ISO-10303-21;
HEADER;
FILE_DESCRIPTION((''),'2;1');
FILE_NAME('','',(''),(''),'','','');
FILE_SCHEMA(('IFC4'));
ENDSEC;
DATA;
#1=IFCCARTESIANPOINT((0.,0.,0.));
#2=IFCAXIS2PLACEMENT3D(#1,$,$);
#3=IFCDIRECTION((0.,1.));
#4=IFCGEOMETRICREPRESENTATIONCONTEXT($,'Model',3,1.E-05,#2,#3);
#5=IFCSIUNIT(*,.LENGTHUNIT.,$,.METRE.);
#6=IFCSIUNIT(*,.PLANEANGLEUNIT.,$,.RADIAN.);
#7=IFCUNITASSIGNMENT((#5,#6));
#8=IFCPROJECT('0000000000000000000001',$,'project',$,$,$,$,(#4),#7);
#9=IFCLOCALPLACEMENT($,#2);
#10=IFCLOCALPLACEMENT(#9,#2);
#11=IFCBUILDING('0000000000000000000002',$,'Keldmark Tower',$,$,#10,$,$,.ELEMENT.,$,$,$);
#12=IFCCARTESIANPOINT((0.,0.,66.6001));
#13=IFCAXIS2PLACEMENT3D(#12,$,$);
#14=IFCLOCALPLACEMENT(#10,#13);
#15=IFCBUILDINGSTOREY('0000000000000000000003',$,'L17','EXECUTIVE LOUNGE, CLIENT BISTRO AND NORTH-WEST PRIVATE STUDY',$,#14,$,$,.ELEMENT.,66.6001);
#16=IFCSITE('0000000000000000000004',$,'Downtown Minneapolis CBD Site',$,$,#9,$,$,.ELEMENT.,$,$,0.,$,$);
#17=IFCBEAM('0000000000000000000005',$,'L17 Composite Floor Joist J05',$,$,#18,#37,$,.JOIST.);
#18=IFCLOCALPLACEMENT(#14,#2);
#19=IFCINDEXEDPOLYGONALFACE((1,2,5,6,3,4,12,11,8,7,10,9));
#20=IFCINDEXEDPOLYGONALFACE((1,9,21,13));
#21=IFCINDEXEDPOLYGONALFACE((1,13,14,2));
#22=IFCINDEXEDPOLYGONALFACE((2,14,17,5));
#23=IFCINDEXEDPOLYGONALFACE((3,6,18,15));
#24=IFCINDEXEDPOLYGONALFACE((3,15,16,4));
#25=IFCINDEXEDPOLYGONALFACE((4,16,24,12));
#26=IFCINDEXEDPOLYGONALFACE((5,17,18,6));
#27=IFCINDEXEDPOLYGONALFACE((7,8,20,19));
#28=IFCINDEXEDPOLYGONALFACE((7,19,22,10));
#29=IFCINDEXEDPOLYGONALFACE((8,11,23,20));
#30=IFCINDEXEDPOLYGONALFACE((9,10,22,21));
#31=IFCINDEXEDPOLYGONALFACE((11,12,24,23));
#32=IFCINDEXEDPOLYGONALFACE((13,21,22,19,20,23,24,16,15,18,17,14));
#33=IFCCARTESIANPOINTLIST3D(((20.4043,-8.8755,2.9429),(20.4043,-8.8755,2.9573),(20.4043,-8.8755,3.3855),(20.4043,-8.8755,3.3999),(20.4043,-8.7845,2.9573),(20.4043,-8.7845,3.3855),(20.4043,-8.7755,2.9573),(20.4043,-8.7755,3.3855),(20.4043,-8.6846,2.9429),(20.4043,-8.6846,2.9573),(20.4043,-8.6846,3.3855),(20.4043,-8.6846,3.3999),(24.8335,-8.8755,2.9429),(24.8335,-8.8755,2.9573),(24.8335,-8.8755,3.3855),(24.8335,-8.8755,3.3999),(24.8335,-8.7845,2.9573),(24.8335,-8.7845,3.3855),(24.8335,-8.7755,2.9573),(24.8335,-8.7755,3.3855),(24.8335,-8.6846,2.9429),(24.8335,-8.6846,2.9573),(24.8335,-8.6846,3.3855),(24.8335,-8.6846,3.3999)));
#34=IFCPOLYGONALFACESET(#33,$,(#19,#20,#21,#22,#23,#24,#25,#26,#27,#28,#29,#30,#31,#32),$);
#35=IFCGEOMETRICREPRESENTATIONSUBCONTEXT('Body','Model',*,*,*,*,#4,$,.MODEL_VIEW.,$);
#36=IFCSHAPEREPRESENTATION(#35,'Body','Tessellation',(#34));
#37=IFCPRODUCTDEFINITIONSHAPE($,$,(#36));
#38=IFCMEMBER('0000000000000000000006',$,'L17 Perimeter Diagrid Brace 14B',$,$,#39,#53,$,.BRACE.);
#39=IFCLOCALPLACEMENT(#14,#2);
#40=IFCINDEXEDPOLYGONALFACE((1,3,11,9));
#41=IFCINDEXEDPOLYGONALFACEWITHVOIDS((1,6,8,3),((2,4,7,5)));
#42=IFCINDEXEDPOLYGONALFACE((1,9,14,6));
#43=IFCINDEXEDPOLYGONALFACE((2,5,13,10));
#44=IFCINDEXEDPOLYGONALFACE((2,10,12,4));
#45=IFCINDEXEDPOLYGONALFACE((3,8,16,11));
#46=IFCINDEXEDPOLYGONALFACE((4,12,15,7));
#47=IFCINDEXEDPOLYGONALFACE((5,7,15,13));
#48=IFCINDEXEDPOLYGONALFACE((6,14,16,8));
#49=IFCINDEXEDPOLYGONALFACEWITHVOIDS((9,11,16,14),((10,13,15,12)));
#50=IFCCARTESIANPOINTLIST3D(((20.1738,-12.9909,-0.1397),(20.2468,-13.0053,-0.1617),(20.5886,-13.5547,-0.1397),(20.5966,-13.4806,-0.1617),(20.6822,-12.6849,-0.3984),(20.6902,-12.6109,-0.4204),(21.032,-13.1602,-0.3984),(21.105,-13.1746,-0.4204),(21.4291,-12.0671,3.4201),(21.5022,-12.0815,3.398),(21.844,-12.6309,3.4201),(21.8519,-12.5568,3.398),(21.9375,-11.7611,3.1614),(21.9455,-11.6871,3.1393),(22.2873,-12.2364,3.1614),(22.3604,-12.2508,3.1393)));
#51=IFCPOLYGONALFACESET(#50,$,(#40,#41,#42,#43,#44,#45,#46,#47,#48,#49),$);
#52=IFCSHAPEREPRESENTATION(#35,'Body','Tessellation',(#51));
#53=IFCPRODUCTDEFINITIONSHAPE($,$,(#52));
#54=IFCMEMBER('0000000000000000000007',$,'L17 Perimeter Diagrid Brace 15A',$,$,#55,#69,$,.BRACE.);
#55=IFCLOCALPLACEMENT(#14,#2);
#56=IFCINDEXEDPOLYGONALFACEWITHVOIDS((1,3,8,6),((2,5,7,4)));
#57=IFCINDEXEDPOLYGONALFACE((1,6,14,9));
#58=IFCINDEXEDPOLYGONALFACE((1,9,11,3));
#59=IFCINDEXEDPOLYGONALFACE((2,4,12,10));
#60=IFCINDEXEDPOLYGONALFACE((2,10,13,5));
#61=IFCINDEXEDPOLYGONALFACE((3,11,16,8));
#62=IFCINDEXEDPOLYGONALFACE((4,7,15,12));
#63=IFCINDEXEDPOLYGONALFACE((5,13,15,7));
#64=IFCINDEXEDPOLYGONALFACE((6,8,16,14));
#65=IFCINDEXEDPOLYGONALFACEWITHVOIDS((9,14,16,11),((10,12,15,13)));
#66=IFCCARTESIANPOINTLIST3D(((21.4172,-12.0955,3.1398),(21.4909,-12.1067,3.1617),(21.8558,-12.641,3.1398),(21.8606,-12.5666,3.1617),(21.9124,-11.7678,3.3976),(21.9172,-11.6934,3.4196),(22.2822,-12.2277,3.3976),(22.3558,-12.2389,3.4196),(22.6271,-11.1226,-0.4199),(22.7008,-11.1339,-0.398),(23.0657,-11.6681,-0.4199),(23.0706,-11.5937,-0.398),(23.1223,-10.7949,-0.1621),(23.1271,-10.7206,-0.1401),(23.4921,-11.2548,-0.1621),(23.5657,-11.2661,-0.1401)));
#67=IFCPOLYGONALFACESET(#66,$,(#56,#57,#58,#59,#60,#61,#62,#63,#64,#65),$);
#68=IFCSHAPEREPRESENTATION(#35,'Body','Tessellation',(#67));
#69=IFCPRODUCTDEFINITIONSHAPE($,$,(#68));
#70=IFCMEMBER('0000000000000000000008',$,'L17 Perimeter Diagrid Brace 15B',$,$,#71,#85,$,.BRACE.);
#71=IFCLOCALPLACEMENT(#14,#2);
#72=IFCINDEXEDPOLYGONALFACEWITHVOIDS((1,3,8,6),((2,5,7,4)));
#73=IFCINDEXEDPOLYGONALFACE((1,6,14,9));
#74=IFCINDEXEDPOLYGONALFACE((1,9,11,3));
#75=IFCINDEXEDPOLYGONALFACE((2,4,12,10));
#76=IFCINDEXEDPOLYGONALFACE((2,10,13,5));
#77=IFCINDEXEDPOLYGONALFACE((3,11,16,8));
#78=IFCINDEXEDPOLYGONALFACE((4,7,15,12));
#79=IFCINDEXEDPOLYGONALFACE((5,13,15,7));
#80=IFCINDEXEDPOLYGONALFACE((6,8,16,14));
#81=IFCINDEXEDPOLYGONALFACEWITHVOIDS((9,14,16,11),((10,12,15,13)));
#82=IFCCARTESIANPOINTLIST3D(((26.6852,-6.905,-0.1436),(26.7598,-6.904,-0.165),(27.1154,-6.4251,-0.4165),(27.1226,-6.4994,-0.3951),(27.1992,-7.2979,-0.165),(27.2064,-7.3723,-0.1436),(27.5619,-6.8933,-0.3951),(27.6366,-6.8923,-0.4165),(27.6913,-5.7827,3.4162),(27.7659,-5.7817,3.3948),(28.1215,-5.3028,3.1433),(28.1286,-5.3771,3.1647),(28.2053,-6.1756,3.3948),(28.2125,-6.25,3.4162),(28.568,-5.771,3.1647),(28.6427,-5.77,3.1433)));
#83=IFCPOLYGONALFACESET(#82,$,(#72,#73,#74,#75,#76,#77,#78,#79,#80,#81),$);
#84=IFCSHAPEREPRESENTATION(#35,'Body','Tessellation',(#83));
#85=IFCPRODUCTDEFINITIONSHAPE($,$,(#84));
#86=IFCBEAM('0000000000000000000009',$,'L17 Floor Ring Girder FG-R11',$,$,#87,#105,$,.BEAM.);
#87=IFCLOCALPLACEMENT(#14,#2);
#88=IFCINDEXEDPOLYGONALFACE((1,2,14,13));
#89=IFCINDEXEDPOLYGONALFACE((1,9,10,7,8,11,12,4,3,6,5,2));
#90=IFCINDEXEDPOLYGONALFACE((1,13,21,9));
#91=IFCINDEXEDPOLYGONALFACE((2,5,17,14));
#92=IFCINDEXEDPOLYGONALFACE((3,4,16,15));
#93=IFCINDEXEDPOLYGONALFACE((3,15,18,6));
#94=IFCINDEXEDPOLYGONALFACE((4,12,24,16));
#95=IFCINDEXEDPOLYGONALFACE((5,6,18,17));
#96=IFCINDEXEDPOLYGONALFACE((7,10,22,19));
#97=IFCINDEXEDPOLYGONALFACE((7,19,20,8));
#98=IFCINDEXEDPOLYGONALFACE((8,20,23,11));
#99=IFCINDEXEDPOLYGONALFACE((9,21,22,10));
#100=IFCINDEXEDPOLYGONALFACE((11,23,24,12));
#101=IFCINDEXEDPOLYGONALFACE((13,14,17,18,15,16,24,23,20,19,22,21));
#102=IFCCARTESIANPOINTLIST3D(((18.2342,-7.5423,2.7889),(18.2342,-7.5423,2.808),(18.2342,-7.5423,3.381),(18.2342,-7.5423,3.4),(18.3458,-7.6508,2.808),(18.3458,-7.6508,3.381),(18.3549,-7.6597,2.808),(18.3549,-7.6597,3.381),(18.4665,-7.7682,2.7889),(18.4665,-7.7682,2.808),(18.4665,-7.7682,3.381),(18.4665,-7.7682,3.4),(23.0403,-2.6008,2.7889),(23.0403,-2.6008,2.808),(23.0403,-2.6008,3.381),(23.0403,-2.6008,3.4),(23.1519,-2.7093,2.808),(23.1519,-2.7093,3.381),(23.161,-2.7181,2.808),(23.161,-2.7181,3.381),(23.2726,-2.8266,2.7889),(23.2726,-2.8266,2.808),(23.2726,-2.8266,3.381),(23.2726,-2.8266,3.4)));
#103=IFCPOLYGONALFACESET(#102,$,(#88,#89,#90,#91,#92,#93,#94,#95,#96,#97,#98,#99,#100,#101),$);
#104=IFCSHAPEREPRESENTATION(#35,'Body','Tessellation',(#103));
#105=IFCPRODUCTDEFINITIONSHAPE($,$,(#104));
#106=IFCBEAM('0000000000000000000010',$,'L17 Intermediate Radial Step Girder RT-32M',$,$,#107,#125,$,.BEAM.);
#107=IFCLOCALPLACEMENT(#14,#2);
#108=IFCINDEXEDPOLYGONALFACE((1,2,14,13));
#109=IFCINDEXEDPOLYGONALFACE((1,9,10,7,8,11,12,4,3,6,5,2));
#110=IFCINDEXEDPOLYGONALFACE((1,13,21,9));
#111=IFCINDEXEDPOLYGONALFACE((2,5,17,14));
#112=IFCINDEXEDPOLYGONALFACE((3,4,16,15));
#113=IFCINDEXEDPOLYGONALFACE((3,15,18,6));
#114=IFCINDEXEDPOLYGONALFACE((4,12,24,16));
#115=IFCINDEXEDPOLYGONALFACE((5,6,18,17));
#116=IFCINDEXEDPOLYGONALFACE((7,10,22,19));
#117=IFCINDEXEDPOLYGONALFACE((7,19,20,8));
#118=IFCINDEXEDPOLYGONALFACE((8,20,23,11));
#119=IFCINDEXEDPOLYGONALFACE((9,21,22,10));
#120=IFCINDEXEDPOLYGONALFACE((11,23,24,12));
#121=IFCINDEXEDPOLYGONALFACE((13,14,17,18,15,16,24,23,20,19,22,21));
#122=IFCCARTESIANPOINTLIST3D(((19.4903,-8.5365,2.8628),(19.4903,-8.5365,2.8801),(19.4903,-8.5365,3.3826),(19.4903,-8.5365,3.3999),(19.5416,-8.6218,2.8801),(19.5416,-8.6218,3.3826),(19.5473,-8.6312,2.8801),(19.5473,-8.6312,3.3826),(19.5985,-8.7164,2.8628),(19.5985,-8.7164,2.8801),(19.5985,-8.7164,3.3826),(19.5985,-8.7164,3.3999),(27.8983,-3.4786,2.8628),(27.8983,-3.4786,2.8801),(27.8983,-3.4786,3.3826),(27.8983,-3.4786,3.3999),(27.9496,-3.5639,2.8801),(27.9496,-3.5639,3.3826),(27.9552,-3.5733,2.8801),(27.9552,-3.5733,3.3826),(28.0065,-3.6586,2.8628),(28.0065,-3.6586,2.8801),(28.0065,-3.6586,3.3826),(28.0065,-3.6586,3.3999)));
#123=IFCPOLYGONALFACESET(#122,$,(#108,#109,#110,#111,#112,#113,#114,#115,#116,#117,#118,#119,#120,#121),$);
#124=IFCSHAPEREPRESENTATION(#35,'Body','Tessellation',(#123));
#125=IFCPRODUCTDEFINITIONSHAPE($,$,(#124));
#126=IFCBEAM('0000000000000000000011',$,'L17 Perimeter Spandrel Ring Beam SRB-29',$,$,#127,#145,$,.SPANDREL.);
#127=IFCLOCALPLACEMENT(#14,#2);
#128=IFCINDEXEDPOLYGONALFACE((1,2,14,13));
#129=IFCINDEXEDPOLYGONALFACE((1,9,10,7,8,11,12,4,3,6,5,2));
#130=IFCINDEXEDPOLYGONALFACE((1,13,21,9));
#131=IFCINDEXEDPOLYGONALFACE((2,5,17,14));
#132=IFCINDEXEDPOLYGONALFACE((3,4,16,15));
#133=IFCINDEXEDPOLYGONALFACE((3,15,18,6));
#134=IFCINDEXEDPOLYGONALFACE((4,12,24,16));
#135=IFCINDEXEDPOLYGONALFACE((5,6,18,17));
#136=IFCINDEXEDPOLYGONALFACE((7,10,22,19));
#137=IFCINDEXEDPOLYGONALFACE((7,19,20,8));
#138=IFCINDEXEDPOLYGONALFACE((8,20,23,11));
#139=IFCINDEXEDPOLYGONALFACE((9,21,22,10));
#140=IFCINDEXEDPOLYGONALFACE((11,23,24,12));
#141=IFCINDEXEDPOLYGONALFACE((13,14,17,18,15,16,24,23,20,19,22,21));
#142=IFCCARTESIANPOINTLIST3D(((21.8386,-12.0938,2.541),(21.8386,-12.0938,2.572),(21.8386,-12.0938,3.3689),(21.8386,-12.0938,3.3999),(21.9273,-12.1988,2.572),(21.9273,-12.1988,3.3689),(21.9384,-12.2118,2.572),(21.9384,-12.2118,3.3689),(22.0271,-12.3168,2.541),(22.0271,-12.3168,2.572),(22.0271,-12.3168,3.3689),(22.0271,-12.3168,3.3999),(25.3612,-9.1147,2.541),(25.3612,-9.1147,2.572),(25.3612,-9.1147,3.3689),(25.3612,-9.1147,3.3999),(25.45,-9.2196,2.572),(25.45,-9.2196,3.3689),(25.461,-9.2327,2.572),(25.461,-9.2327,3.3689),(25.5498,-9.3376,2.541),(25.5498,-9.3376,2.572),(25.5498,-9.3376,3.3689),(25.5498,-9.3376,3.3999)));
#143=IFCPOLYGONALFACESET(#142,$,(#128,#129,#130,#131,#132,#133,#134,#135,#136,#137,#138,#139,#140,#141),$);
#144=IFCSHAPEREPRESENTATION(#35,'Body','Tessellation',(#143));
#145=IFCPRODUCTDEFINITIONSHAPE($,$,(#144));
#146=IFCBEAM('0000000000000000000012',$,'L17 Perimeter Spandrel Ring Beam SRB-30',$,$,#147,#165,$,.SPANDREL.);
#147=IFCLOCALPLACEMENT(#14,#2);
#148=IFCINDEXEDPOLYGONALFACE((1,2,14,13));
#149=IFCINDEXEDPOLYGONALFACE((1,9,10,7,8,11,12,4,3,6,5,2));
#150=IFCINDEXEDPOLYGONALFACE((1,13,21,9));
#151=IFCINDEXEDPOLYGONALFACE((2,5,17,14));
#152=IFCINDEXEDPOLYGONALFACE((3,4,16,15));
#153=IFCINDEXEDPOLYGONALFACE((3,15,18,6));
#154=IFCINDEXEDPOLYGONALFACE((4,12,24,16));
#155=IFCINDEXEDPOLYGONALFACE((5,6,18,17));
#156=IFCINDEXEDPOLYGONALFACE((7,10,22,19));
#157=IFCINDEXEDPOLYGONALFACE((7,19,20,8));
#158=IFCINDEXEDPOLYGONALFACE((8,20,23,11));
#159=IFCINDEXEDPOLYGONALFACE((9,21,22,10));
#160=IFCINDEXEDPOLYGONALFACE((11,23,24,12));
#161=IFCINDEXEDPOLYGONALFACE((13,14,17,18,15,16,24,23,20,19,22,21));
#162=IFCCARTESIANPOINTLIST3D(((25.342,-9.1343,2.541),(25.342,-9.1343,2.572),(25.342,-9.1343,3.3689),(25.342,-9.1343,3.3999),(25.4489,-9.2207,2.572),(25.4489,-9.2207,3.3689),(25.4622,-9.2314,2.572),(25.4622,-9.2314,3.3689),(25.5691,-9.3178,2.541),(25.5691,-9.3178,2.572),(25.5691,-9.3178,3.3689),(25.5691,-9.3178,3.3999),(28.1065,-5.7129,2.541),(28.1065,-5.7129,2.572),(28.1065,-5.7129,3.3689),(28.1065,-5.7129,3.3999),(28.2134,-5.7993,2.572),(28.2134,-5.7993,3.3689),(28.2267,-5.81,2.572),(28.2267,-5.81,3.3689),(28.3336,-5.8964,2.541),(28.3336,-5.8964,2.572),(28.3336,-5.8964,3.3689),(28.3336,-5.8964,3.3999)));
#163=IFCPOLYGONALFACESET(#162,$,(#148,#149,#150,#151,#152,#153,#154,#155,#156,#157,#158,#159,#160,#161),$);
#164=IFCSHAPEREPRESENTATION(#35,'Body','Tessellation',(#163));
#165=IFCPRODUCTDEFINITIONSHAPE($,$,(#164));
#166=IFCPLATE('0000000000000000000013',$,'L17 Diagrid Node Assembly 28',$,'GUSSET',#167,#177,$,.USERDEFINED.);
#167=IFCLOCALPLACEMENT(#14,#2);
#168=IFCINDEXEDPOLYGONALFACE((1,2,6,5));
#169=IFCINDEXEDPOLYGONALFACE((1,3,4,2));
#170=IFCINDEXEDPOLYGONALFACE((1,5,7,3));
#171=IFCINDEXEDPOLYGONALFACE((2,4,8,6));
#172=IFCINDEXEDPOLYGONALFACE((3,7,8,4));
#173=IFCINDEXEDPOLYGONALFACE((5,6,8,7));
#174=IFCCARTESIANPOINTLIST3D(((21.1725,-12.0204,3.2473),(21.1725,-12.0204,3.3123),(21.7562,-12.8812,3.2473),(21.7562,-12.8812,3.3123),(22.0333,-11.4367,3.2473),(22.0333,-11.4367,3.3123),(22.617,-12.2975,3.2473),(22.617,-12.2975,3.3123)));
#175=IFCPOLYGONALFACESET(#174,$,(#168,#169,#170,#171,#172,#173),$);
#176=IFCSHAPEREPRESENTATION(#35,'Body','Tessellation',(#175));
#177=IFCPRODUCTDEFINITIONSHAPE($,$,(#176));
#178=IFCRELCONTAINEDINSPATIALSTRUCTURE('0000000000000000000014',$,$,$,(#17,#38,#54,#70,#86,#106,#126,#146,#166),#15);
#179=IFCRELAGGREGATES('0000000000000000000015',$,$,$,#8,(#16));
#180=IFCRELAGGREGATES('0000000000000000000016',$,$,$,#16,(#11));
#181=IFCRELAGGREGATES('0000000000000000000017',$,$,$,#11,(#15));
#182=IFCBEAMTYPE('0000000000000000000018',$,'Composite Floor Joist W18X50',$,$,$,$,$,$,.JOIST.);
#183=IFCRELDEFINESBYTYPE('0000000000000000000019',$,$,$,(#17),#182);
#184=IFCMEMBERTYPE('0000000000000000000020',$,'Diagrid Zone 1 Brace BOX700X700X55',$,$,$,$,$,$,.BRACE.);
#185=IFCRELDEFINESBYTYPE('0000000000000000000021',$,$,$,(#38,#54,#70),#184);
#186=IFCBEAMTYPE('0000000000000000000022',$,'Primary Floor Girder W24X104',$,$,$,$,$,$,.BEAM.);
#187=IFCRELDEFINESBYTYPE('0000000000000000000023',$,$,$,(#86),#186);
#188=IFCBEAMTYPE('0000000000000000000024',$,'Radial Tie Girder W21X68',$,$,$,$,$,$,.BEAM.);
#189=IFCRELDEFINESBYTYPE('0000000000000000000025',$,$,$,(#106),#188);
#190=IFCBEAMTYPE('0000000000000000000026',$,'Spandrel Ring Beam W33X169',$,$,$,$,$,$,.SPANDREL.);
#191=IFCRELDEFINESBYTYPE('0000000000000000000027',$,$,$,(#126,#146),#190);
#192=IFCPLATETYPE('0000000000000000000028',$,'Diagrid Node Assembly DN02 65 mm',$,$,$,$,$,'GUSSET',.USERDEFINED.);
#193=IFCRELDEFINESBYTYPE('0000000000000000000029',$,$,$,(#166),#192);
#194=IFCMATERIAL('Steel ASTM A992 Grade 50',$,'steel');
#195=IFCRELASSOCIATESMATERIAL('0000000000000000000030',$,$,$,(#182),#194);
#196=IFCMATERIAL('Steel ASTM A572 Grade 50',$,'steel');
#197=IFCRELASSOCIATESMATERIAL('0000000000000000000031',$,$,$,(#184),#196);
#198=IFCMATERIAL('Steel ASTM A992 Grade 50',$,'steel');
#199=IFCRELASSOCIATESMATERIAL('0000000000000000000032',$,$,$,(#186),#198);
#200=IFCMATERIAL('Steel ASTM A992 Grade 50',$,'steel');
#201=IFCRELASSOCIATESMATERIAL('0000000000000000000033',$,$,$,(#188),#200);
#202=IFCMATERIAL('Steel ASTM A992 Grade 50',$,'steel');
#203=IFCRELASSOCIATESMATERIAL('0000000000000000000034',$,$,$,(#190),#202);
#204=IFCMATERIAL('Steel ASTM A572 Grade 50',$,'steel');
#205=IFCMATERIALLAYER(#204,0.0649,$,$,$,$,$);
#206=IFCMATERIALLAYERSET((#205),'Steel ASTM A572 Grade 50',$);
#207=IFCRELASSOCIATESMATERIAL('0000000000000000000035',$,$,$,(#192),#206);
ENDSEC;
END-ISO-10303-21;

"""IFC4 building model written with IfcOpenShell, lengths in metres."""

from ifc_helpers import new_model, si_unit, direction, frame, origin, origin_2d, place, context, subcontext, project, spatial, rectangle, hollow_rectangle, i_section, extrude, material, layer, layer_set, material_profile, profile_set, type_object, element, save


model = new_model("IFC4")

# Units and contexts
model_context = context("Model", 3, precision=1e-05, world=origin(), true_north=direction((0.0, 1.0)))
body_context = subcontext(model_context, "Body", "Model", "MODEL_VIEW")
ifc_project = project(units=[si_unit("LENGTHUNIT", "METRE"), si_unit("PLANEANGLEUNIT", "RADIAN")], contexts=[model_context])

# Site, building, storey
site_placement = place(None, origin())
site = spatial("IfcSite", under=ifc_project, at=site_placement, Name="Downtown Minneapolis CBD Site", CompositionType="ELEMENT", RefElevation=0.0)
building_placement = place(site_placement, origin())
building = spatial("IfcBuilding", under=site, at=building_placement, Name="Keldmark Tower", CompositionType="ELEMENT")
storey_placement = place(building_placement, frame((0.0, 0.0, 66.6001)))
storey = spatial("IfcBuildingStorey", under=building, at=storey_placement, Name="L17", Description="EXECUTIVE LOUNGE, CLIENT BISTRO AND NORTH-WEST PRIVATE STUDY", CompositionType="ELEMENT", Elevation=66.6001)

# Beam
ifc_material_1 = material(Name="Steel ASTM A992 Grade 50", Category="steel")
ifc_material_profile_1 = material_profile(ifc_material_1, i_section(OverallWidth=0.1909, OverallDepth=0.457, WebThickness=0.009, FlangeThickness=0.0144, at=origin_2d()), Name="W18X50")
ifc_profile_set_1 = profile_set([ifc_material_profile_1], Name="Steel ASTM A992 Grade 50")
beam_type_1 = type_object("IfcBeamType", Name="Composite Floor Joist W18X50", PredefinedType="JOIST", material=ifc_profile_set_1)
beam_1_placement = place(storey_placement, frame((20.4043, -8.78, 3.1714), z_axis=(1.0, 0.0, 0.0), x_axis=(0.0, 1.0, 0.0)))
element("IfcBeam", 1, at=beam_1_placement, inside=storey, type_object=beam_type_1, Name="L17 Composite Floor Joist J05", PredefinedType="JOIST", context=body_context, shape_type="SweptSolid", body=[
    extrude(i_section(OverallWidth=0.1909, OverallDepth=0.457, WebThickness=0.009, FlangeThickness=0.0144, at=origin_2d()), origin(), (0.0, 0.0, 1.0), 4.4292),
])

# Members
ifc_material_2 = material(Name="Steel ASTM A572 Grade 50", Category="steel")
ifc_material_profile_2 = material_profile(ifc_material_2, hollow_rectangle(XDim=0.7, YDim=0.7, WallThickness=0.0549, at=origin_2d()), Name="BOX700X700X55")
ifc_profile_set_2 = profile_set([ifc_material_profile_2], Name="Steel ASTM A572 Grade 50")
member_type = type_object("IfcMemberType", Name="Diagrid Zone 1 Brace BOX700X700X55", PredefinedType="BRACE", material=ifc_profile_set_2)
member_1_placement = place(storey_placement, frame((20.6394, -13.0828, -0.28), z_axis=(0.323042, 0.237727, 0.91604), x_axis=(-0.592707, 0.805418, 0.0)))
element("IfcMember", 2, at=member_1_placement, inside=storey, type_object=member_type, Name="L17 Perimeter Diagrid Brace 14B", PredefinedType="BRACE", context=body_context, shape_type="SweptSolid", body=[
    extrude(hollow_rectangle(XDim=0.7, YDim=0.7, WallThickness=0.0549, at=origin_2d()), origin(), (0.0, 0.0, 1.0), 3.886),
])
member_2_placement = place(storey_placement, frame((23.0964, -11.1943, -0.28), z_axis=(-0.311552, -0.250511, 0.916613), x_axis=(0.62663, -0.779317, 0.0)))
element("IfcMember", 3, at=member_2_placement, inside=storey, type_object=member_type, Name="L17 Perimeter Diagrid Brace 15A", PredefinedType="BRACE", context=body_context, shape_type="SweptSolid", body=[
    extrude(hollow_rectangle(XDim=0.7, YDim=0.7, WallThickness=0.0549, at=origin_2d()), origin(), (0.0, 0.0, 1.0), 3.8835),
])
member_3_placement = place(storey_placement, frame((27.1609, -6.8987, -0.28), z_axis=(0.26026, 0.290322, 0.920857), x_axis=(-0.744606, 0.667505, 0.0)))
element("IfcMember", 4, at=member_3_placement, inside=storey, type_object=member_type, Name="L17 Perimeter Diagrid Brace 15B", PredefinedType="BRACE", context=body_context, shape_type="SweptSolid", body=[
    extrude(hollow_rectangle(XDim=0.7, YDim=0.7, WallThickness=0.0549, at=origin_2d()), origin(), (0.0, 0.0, 1.0), 3.8657),
])

# Beams
ifc_material_3 = material(Name="Steel ASTM A992 Grade 50", Category="steel")
ifc_material_profile_3 = material_profile(ifc_material_3, i_section(OverallWidth=0.324, OverallDepth=0.6111, WebThickness=0.0127, FlangeThickness=0.019, at=origin_2d()), Name="W24X104")
ifc_profile_set_3 = profile_set([ifc_material_profile_3], Name="Steel ASTM A992 Grade 50")
beam_type_2 = type_object("IfcBeamType", Name="Primary Floor Girder W24X104", PredefinedType="BEAM", material=ifc_profile_set_3)
beam_2_placement = place(storey_placement, frame((18.3503, -7.6553, 3.0945), z_axis=(0.69721, 0.716867, 0.0), x_axis=(-0.716867, 0.69721, 0.0)))
element("IfcBeam", 5, at=beam_2_placement, inside=storey, type_object=beam_type_2, Name="L17 Floor Ring Girder FG-R11", PredefinedType="BEAM", context=body_context, shape_type="SweptSolid", body=[
    extrude(i_section(OverallWidth=0.324, OverallDepth=0.6111, WebThickness=0.0127, FlangeThickness=0.019, at=origin_2d()), origin(), (0.0, 0.0, 1.0), 6.8933),
])
ifc_material_4 = material(Name="Steel ASTM A992 Grade 50", Category="steel")
ifc_material_profile_4 = material_profile(ifc_material_4, i_section(OverallWidth=0.21, OverallDepth=0.5371, WebThickness=0.011, FlangeThickness=0.0173, at=origin_2d()), Name="W21X68")
ifc_profile_set_4 = profile_set([ifc_material_profile_4], Name="Steel ASTM A992 Grade 50")
beam_type_3 = type_object("IfcBeamType", Name="Radial Tie Girder W21X68", PredefinedType="BEAM", material=ifc_profile_set_4)
beam_3_placement = place(storey_placement, frame((19.5444, -8.6265, 3.1313), z_axis=(0.856904, 0.515476, 0.0), x_axis=(-0.515476, 0.856904, 0.0)))
element("IfcBeam", 6, at=beam_3_placement, inside=storey, type_object=beam_type_3, Name="L17 Intermediate Radial Step Girder RT-32M", PredefinedType="BEAM", context=body_context, shape_type="SweptSolid", body=[
    extrude(i_section(OverallWidth=0.21, OverallDepth=0.5371, WebThickness=0.011, FlangeThickness=0.0173, at=origin_2d()), origin(), (0.0, 0.0, 1.0), 9.812),
])
ifc_material_5 = material(Name="Steel ASTM A992 Grade 50", Category="steel")
ifc_material_profile_5 = material_profile(ifc_material_5, i_section(OverallWidth=0.292, OverallDepth=0.8589, WebThickness=0.0171, FlangeThickness=0.031, at=origin_2d()), Name="W33X169")
ifc_profile_set_5 = profile_set([ifc_material_profile_5], Name="Steel ASTM A992 Grade 50")
beam_type_4 = type_object("IfcBeamType", Name="Spandrel Ring Beam W33X169", PredefinedType="SPANDREL", material=ifc_profile_set_5)
beam_4_placement = place(storey_placement, frame((21.9329, -12.2053, 2.9705), z_axis=(0.763547, 0.645752, 0.0), x_axis=(-0.645752, 0.763547, 0.0)))
element("IfcBeam", 7, at=beam_4_placement, inside=storey, type_object=beam_type_4, Name="L17 Perimeter Spandrel Ring Beam SRB-29", PredefinedType="SPANDREL", context=body_context, shape_type="SweptSolid", body=[
    extrude(i_section(OverallWidth=0.292, OverallDepth=0.8589, WebThickness=0.0171, FlangeThickness=0.031, at=origin_2d()), origin(), (0.0, 0.0, 1.0), 4.6135),
])
beam_5_placement = place(storey_placement, frame((25.4556, -9.2261, 2.9705), z_axis=(0.628471, 0.777833, 0.0), x_axis=(-0.777833, 0.628471, 0.0)))
element("IfcBeam", 8, at=beam_5_placement, inside=storey, type_object=beam_type_4, Name="L17 Perimeter Spandrel Ring Beam SRB-30", PredefinedType="SPANDREL", context=body_context, shape_type="SweptSolid", body=[
    extrude(i_section(OverallWidth=0.292, OverallDepth=0.8589, WebThickness=0.0171, FlangeThickness=0.031, at=origin_2d()), origin(), (0.0, 0.0, 1.0), 4.3987),
])

# Plate
ifc_material_6 = material(Name="Steel ASTM A572 Grade 50", Category="steel")
ifc_layer_1 = layer(ifc_material_6, 0.0649)
ifc_layer_set_1 = layer_set([ifc_layer_1], Name="Steel ASTM A572 Grade 50")
plate_type = type_object("IfcPlateType", Name="Diagrid Node Assembly DN02 65 mm", ElementType="GUSSET", PredefinedType="USERDEFINED", material=ifc_layer_set_1)
plate_placement = place(storey_placement, frame((21.8948, -12.1589, 3.2473), z_axis=(0.0, 0.0, 1.0), x_axis=(0.827669, 0.561217, 0.0)))
element("IfcPlate", 9, at=plate_placement, inside=storey, type_object=plate_type, Name="L17 Diagrid Node Assembly 28", ObjectType="GUSSET", PredefinedType="USERDEFINED", context=body_context, shape_type="SweptSolid", body=[
    extrude(rectangle(XDim=1.04, YDim=1.04, at=origin_2d()), origin(), (0.0, 0.0, 1.0), 0.0649),
])

save(model, "model.ifc")
